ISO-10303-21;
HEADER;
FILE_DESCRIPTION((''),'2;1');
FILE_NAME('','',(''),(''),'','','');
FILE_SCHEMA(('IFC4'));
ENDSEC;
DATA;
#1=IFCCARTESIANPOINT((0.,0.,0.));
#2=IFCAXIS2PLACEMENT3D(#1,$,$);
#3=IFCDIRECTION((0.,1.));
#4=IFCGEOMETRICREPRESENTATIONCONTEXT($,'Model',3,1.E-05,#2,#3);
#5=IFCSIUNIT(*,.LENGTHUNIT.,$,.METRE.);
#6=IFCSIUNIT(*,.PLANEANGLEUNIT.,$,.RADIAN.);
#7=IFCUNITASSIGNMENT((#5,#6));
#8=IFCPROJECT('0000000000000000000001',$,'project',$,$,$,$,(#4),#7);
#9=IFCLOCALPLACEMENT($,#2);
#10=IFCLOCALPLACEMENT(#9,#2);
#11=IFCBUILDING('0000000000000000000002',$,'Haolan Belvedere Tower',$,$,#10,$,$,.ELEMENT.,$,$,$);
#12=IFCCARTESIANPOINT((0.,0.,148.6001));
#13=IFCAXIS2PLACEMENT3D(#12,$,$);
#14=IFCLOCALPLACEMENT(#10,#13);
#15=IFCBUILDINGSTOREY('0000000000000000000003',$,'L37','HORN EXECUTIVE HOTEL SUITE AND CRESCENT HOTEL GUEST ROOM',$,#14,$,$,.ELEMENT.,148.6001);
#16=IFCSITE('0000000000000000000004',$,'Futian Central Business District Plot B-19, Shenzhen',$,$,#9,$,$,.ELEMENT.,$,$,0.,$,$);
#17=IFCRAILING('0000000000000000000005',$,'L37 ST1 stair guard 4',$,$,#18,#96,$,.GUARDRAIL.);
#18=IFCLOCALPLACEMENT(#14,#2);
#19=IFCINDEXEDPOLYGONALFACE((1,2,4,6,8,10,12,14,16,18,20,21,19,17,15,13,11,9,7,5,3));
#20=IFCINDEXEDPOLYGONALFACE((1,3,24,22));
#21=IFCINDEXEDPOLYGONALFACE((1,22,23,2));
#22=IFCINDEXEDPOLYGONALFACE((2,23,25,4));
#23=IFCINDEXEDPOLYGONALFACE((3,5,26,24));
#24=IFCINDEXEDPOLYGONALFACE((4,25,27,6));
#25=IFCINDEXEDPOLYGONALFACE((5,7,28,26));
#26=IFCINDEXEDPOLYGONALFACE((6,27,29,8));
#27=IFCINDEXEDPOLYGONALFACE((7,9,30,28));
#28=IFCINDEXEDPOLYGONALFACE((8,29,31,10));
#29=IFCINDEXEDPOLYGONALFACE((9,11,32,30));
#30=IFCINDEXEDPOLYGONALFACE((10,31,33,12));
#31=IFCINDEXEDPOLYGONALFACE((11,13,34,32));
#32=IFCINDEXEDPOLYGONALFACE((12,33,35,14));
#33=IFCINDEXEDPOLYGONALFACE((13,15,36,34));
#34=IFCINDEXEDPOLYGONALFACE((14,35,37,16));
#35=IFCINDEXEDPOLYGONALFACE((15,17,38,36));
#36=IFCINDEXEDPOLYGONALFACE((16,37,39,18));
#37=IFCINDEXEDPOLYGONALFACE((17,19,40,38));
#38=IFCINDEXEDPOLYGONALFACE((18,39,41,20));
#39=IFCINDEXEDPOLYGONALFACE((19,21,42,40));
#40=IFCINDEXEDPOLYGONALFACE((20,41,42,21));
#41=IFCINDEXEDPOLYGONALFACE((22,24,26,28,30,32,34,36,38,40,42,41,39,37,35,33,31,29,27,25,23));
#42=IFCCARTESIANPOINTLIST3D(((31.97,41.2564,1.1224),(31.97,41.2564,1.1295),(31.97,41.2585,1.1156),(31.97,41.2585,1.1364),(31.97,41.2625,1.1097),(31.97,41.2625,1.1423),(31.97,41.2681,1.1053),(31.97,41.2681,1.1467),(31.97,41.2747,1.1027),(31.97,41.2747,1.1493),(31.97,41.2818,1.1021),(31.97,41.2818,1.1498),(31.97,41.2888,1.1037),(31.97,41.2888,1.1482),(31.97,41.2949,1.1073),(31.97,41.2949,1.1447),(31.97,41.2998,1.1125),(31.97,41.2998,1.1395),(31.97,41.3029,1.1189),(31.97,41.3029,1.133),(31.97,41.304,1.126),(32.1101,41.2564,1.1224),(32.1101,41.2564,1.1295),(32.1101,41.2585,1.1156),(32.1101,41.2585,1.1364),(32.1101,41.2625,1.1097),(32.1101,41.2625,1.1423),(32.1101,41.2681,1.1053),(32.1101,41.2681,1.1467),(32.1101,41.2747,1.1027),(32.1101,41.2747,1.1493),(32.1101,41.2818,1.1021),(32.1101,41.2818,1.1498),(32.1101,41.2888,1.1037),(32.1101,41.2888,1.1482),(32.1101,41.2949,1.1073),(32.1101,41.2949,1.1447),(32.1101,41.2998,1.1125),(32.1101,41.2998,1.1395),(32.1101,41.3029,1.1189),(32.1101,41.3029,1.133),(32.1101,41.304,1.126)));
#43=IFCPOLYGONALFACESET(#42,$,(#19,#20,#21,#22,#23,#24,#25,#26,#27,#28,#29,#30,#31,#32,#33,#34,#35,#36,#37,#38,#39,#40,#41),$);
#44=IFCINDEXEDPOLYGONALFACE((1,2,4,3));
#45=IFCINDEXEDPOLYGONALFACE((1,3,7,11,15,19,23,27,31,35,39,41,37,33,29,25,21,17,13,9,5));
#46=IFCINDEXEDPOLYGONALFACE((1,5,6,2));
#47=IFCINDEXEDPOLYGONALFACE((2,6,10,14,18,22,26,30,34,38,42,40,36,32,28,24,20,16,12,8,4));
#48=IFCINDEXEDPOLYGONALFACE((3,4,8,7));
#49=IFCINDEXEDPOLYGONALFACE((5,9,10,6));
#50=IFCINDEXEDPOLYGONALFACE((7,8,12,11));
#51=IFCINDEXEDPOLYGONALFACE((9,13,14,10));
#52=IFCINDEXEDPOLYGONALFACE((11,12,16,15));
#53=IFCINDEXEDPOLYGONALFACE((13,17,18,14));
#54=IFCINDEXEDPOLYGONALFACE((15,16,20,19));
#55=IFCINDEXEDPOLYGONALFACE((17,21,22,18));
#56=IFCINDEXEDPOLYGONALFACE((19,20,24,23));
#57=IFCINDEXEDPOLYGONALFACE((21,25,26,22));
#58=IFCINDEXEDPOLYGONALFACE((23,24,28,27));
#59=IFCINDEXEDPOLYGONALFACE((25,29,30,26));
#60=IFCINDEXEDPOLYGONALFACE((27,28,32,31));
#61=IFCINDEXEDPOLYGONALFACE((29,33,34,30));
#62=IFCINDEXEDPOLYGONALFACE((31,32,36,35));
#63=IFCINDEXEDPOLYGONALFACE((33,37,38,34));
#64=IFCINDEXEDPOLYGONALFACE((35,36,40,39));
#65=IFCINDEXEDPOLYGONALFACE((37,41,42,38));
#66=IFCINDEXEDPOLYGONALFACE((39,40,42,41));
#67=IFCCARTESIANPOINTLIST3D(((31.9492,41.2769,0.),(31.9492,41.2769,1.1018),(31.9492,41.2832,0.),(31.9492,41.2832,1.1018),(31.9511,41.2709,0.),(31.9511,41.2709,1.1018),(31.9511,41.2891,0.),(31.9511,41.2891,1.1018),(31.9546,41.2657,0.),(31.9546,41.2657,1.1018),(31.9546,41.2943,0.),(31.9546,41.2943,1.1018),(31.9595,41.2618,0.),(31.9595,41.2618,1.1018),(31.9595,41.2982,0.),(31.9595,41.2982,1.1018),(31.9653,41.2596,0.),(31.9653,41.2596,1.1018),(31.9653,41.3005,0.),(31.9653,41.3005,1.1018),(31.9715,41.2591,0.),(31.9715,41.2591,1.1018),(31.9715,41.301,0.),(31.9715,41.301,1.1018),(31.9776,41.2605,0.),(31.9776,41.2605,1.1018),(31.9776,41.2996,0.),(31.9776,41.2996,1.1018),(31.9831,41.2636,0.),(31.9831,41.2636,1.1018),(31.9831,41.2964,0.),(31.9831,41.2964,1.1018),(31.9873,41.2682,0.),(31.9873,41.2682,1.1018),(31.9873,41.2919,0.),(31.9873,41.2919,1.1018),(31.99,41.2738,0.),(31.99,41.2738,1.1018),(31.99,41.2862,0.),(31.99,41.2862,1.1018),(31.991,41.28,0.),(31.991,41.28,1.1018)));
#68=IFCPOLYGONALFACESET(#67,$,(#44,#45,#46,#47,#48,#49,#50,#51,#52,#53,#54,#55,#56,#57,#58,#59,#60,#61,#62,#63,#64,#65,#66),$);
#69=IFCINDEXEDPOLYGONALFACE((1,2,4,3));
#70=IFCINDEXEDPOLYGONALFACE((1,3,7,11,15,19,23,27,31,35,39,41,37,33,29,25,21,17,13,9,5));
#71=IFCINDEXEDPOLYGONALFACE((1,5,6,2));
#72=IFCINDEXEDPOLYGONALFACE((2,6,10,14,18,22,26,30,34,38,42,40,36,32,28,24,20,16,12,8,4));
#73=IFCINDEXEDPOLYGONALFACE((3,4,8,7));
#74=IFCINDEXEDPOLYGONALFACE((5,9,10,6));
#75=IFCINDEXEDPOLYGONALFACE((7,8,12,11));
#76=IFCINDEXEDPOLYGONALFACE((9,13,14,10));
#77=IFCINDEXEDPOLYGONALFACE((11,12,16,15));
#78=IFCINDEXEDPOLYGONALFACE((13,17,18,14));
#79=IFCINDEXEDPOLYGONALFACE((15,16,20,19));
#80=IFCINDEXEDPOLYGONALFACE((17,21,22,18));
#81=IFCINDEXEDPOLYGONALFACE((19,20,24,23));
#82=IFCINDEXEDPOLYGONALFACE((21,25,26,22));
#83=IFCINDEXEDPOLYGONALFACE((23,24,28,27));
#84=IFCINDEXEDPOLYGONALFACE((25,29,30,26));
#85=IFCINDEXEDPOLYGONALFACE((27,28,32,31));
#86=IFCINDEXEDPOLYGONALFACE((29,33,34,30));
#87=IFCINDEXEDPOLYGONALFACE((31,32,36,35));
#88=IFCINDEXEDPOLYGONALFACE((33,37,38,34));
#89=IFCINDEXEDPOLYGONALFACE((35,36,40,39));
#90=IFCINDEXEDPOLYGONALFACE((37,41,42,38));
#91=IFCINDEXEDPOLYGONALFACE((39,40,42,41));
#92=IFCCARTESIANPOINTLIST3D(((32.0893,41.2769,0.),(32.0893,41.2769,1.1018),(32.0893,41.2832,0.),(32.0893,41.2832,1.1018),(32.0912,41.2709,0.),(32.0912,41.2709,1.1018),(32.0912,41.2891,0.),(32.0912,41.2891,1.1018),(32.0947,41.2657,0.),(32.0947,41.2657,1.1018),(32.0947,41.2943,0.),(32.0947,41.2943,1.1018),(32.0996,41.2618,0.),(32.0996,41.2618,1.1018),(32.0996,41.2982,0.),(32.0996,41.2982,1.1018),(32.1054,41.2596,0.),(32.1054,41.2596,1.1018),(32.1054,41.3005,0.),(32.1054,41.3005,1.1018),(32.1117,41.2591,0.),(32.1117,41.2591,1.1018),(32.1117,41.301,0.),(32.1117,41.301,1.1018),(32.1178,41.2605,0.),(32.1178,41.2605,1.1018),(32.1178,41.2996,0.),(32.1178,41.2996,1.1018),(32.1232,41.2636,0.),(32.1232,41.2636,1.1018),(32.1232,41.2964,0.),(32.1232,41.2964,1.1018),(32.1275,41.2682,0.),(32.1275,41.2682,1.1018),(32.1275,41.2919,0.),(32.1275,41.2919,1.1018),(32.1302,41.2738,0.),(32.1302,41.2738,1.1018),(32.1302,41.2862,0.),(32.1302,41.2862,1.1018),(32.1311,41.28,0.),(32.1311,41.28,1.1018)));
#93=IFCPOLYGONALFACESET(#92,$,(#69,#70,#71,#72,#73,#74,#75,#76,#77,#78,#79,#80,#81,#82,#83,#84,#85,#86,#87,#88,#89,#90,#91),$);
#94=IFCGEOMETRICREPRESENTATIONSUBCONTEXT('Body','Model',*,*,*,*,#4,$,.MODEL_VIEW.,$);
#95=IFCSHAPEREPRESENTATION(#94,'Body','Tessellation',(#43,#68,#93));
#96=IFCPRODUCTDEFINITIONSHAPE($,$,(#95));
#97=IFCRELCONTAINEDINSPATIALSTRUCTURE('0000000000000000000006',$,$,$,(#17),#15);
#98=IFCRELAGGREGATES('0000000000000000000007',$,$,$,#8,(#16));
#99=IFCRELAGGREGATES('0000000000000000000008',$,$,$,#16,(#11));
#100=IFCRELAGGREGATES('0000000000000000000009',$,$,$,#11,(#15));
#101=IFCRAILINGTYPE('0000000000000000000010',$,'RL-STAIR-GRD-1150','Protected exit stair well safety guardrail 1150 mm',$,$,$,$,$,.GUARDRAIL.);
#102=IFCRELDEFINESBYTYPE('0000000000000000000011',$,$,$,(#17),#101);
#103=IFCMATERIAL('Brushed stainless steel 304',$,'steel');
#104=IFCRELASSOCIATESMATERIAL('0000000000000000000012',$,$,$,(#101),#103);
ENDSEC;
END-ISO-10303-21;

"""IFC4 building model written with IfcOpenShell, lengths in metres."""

from ifc_helpers import new_model, si_unit, direction, frame, origin, origin_2d, place, context, subcontext, project, spatial, circle, extrude, material, type_object, element, save


model = new_model("IFC4")

# Units and contexts
model_context = context("Model", 3, precision=1e-05, world=origin(), true_north=direction((0.0, 1.0)))
body_context = subcontext(model_context, "Body", "Model", "MODEL_VIEW")
ifc_project = project(units=[si_unit("LENGTHUNIT", "METRE"), si_unit("PLANEANGLEUNIT", "RADIAN")], contexts=[model_context])

# Site, building, storey
site_placement = place(None, origin())
site = spatial("IfcSite", under=ifc_project, at=site_placement, Name="Futian Central Business District Plot B-19, Shenzhen", CompositionType="ELEMENT", RefElevation=0.0)
building_placement = place(site_placement, origin())
building = spatial("IfcBuilding", under=site, at=building_placement, Name="Haolan Belvedere Tower", CompositionType="ELEMENT")
storey_placement = place(building_placement, frame((0.0, 0.0, 148.6001)))
storey = spatial("IfcBuildingStorey", under=building, at=storey_placement, Name="L37", Description="HORN EXECUTIVE HOTEL SUITE AND CRESCENT HOTEL GUEST ROOM", CompositionType="ELEMENT", Elevation=148.6001)

# Railing
ifc_material_1 = material(Name="Brushed stainless steel 304", Category="steel")
railing_type_1 = type_object("IfcRailingType", Name="RL-STAIR-GRD-1150", Description="Protected exit stair well safety guardrail 1150 mm", PredefinedType="GUARDRAIL", material=ifc_material_1)
railing_1_placement = place(storey_placement, frame((31.97, 41.28, 0.0)))
element("IfcRailing", 1, at=railing_1_placement, inside=storey, type_object=railing_type_1, Name="L37 ST1 stair guard 4", PredefinedType="GUARDRAIL", context=body_context, shape_type="SweptSolid", body=[
    extrude(circle(Radius=0.0239, at=origin_2d()), frame((0.0, 0.0, 1.126), z_axis=(1.0, 0.0, 0.0), x_axis=(0.0, 1.0, 0.0)), (0.0, 0.0, 1.0), 0.1401),
    extrude(circle(Radius=0.021, at=origin_2d()), origin(), (0.0, 0.0, 1.0), 1.1018),
    extrude(circle(Radius=0.021, at=origin_2d()), frame((0.1401, 0.0, 0.0)), (0.0, 0.0, 1.0), 1.1018),
])

save(model, "model.ifc")
